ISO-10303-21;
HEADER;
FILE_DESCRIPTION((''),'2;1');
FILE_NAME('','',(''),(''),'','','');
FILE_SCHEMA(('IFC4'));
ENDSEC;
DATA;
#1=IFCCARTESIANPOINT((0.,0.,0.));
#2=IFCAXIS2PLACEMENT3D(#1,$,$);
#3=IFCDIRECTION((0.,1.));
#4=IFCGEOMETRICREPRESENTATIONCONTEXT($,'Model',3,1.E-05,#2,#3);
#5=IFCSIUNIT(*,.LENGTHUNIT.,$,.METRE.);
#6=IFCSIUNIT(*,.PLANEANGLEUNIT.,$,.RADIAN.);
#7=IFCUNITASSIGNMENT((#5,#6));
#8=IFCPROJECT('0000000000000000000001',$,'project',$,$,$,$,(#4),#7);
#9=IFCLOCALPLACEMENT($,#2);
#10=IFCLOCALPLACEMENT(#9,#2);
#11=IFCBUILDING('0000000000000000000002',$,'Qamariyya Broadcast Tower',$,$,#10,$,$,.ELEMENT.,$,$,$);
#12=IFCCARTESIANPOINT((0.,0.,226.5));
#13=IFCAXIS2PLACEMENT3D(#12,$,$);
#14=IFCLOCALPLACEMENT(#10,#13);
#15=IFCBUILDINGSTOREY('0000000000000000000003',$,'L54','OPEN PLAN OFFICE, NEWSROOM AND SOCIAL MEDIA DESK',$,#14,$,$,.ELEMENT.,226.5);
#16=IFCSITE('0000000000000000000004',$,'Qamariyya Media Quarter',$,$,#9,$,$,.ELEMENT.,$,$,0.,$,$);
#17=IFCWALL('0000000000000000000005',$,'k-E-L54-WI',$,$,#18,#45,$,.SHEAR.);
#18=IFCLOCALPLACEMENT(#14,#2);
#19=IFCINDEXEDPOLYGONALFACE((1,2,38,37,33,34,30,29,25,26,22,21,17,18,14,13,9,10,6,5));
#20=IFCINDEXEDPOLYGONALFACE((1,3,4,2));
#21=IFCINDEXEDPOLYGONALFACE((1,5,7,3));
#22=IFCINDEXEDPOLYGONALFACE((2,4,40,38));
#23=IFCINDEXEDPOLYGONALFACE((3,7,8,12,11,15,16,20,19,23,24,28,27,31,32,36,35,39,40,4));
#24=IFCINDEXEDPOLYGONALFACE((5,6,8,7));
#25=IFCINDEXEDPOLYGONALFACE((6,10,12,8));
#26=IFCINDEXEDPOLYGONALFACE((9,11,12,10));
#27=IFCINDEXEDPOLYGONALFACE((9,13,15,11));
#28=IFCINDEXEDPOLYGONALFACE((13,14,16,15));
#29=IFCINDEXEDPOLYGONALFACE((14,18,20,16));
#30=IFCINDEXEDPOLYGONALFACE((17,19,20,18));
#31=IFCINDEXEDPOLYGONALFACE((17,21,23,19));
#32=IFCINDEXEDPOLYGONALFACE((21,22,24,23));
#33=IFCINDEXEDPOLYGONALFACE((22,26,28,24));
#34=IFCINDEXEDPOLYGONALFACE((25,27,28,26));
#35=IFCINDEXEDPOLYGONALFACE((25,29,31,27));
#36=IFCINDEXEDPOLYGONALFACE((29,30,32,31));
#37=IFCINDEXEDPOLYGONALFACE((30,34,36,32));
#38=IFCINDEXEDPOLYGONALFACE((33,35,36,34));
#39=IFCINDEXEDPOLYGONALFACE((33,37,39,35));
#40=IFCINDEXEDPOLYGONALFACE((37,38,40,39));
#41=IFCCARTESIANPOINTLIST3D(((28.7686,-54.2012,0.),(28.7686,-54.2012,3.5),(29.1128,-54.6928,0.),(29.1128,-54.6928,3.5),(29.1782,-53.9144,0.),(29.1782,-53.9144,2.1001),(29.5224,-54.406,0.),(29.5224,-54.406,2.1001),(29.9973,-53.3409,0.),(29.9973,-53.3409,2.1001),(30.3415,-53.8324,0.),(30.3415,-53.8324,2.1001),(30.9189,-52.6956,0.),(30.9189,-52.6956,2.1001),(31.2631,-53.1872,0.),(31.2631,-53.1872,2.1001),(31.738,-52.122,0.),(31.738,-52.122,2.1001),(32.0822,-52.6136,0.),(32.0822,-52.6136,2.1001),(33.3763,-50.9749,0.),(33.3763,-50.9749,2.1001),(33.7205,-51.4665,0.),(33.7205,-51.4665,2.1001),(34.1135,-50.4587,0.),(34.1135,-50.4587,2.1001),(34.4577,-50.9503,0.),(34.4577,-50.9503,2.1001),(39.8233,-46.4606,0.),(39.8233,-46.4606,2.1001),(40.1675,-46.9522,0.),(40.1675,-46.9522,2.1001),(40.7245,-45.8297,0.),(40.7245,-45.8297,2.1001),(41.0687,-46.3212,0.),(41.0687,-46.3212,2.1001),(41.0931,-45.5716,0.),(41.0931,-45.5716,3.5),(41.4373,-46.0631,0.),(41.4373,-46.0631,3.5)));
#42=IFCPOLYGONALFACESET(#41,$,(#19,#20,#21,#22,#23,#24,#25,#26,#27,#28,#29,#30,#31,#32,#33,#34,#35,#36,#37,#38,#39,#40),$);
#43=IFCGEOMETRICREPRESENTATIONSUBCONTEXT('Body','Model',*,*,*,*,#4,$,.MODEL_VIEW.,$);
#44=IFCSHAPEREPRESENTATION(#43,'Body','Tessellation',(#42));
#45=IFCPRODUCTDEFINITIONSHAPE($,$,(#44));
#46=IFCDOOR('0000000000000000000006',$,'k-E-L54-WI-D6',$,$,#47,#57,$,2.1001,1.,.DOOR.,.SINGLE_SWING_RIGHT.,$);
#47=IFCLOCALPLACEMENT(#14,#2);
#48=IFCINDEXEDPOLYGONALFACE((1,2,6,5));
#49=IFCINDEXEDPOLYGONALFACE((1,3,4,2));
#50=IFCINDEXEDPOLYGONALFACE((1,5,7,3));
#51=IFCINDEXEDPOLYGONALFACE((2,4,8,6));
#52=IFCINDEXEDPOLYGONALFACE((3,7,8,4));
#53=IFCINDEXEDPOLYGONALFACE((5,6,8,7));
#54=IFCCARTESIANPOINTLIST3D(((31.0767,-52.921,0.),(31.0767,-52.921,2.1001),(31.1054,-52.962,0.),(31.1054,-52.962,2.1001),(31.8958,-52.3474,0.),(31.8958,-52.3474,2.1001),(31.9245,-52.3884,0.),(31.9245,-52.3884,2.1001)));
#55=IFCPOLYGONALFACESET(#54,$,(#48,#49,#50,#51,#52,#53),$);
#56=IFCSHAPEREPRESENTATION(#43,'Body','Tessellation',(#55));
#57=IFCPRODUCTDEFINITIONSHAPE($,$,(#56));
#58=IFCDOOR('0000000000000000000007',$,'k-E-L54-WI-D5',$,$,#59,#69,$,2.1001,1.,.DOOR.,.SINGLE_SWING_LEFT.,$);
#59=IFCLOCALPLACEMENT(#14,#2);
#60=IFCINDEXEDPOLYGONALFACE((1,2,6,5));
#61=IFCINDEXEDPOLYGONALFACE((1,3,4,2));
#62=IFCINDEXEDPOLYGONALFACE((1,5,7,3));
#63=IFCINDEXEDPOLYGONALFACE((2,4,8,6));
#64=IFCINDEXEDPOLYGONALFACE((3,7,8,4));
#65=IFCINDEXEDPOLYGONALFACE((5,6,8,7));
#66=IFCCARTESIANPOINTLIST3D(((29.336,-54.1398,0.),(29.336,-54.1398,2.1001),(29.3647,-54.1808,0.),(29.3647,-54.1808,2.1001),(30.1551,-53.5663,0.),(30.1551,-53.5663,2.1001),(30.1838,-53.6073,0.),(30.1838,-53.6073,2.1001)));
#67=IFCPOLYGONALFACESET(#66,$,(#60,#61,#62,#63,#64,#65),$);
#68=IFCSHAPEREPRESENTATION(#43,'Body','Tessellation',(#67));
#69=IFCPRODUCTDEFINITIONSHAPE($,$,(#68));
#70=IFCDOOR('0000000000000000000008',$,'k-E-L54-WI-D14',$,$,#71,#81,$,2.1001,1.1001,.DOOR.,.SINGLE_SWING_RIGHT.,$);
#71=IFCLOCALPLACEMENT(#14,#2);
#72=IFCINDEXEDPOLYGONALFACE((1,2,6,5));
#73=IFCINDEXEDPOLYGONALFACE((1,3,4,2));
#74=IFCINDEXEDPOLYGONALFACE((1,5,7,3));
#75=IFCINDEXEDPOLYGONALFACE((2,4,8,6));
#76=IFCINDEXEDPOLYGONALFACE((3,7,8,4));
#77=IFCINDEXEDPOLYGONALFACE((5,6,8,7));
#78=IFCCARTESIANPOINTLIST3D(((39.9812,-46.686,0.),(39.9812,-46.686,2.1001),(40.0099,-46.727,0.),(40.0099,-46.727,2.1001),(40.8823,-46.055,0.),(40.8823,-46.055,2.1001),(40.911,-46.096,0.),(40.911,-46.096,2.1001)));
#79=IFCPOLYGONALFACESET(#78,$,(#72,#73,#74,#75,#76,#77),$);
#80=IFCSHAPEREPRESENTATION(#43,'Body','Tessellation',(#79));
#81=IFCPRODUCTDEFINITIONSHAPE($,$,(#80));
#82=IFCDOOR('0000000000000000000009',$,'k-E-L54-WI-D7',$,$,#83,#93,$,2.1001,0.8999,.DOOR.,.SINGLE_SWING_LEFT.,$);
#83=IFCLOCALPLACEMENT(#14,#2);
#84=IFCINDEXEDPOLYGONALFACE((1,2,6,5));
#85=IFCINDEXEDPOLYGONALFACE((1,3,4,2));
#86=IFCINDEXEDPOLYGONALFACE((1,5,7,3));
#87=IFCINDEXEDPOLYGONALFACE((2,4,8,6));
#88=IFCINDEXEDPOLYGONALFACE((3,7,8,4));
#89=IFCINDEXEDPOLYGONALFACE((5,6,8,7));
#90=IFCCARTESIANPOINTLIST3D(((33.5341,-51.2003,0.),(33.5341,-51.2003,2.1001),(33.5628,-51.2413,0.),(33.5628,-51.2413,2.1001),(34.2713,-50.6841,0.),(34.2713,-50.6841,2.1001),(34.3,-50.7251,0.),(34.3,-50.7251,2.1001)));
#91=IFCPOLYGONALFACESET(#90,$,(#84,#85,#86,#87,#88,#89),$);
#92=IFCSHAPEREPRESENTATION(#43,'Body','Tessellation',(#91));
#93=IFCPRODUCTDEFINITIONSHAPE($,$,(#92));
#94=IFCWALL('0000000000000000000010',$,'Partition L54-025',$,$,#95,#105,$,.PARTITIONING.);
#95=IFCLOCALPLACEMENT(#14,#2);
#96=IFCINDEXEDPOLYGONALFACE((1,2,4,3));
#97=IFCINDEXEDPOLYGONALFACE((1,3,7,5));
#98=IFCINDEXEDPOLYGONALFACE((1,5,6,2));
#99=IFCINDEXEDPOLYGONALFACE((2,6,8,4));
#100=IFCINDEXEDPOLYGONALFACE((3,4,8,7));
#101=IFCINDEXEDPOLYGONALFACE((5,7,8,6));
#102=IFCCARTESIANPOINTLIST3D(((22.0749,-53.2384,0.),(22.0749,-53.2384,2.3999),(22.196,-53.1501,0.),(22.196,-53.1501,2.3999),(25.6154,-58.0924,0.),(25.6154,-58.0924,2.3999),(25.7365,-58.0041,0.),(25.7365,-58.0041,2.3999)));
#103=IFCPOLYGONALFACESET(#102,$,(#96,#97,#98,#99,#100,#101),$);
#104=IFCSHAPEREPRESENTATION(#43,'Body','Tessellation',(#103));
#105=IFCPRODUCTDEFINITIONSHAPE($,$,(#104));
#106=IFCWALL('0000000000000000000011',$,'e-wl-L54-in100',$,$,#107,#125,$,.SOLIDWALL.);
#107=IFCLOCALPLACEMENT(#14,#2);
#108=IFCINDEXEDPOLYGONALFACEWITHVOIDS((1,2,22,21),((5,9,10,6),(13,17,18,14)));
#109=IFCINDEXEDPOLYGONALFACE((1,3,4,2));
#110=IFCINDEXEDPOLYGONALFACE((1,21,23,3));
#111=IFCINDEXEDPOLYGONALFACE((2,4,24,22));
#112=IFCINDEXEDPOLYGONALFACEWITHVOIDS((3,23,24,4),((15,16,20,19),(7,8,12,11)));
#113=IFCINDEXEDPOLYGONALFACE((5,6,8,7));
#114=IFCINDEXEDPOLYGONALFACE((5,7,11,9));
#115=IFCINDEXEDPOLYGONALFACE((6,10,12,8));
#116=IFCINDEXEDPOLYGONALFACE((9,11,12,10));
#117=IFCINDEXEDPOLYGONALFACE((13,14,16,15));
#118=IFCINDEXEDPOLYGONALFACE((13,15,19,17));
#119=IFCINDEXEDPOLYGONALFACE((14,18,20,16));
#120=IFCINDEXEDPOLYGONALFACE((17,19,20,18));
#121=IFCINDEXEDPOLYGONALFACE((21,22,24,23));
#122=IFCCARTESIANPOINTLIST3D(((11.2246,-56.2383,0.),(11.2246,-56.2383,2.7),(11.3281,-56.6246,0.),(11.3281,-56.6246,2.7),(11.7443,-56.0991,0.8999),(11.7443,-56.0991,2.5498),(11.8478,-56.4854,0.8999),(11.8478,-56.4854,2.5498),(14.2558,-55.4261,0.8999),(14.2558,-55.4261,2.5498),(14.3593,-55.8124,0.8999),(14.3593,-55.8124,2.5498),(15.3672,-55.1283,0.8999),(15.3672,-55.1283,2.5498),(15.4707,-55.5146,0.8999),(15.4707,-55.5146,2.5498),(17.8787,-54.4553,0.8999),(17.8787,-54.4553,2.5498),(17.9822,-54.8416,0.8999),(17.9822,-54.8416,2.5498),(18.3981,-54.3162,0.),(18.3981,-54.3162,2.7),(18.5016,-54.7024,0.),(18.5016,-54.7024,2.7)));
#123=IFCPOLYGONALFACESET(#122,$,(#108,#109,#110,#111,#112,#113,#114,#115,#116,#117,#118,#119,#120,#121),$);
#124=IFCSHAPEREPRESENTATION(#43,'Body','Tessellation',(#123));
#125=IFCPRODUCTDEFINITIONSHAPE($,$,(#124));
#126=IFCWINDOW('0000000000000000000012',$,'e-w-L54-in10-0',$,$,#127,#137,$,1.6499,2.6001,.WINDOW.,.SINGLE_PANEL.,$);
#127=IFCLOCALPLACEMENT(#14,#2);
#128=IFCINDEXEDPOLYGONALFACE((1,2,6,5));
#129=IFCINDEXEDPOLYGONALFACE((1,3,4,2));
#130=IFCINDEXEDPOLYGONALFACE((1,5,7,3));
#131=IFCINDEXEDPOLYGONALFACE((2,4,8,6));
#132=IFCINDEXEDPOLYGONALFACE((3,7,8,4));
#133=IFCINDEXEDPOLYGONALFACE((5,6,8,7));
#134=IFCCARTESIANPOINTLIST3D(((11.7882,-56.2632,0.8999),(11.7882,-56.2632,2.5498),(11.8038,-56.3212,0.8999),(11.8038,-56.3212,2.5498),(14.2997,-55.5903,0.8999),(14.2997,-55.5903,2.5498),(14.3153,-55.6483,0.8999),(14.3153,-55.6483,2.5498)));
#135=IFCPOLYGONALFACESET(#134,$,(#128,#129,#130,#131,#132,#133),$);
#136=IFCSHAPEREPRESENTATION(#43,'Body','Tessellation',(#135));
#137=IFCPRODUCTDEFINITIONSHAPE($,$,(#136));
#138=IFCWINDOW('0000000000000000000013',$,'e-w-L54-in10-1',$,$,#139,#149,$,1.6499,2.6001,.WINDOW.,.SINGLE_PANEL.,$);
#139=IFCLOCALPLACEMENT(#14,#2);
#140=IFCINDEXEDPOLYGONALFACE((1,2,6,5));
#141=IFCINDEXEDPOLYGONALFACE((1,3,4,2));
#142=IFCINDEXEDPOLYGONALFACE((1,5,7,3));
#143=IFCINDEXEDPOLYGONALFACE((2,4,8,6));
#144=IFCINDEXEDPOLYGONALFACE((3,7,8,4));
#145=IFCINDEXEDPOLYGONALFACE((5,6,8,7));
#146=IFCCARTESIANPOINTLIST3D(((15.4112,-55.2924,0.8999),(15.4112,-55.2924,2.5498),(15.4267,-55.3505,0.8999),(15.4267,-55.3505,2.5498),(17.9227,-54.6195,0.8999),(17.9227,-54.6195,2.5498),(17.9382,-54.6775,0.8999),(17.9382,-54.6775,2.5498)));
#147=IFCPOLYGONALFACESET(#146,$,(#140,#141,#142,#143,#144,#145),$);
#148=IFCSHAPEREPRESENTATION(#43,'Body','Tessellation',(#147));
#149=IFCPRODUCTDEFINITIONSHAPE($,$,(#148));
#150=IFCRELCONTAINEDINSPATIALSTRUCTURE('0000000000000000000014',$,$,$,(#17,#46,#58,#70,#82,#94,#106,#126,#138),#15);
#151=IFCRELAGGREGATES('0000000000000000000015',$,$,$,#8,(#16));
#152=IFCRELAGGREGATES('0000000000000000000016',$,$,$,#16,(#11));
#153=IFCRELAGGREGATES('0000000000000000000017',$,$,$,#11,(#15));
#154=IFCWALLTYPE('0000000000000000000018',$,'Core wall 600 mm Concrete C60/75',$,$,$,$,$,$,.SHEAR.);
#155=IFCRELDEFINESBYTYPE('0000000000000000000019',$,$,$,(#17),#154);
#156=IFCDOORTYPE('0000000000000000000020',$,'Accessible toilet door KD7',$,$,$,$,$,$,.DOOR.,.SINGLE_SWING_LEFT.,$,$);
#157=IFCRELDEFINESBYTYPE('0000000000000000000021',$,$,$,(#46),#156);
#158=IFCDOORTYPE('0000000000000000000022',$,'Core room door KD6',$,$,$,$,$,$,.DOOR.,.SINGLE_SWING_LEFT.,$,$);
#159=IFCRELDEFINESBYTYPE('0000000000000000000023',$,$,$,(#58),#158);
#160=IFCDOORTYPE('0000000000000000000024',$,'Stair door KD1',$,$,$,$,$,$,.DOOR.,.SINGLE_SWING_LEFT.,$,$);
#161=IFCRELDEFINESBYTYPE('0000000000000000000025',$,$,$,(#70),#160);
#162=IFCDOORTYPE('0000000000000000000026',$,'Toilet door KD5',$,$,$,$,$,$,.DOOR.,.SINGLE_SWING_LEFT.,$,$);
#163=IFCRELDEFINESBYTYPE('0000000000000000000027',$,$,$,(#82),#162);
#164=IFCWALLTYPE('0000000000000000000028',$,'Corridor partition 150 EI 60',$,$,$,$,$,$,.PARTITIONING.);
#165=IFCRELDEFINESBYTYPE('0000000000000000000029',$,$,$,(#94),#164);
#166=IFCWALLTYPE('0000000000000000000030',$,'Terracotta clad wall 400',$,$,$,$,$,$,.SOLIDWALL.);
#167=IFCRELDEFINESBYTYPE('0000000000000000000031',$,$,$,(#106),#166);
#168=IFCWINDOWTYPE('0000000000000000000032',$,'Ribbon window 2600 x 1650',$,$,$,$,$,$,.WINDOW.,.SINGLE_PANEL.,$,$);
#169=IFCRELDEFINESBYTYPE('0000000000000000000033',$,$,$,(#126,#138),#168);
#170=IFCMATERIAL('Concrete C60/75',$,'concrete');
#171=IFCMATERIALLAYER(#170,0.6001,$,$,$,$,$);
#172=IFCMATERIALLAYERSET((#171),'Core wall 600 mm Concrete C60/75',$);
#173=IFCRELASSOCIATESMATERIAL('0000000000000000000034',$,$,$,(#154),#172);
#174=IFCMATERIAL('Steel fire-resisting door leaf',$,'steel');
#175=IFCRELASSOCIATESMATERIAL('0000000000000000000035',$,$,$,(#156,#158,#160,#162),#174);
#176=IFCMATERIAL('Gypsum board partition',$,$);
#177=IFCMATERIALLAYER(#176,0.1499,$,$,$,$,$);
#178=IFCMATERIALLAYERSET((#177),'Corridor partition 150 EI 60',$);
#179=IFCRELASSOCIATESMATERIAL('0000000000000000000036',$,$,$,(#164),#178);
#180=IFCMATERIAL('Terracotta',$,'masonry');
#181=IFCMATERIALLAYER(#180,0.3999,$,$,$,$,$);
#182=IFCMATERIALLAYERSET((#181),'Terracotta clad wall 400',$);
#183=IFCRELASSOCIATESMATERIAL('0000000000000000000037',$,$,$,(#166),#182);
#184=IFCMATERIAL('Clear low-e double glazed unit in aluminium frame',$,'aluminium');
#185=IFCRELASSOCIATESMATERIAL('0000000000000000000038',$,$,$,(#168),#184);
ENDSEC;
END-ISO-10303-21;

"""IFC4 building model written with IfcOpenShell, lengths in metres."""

from ifc_helpers import new_model, si_unit, direction, frame, frame_2d, origin, place, context, subcontext, project, spatial, rectangle, extrude, material, layer, layer_set, type_object, element, fill, save


model = new_model("IFC4")

# Units and contexts
model_context = context("Model", 3, precision=1e-05, world=origin(), true_north=direction((0.0, 1.0)))
body_context = subcontext(model_context, "Body", "Model", "MODEL_VIEW")
ifc_project = project(units=[si_unit("LENGTHUNIT", "METRE"), si_unit("PLANEANGLEUNIT", "RADIAN")], contexts=[model_context])

# Site, building, storey
site_placement = place(None, origin())
site = spatial("IfcSite", under=ifc_project, at=site_placement, Name="Qamariyya Media Quarter", CompositionType="ELEMENT", RefElevation=0.0)
building_placement = place(site_placement, origin())
building = spatial("IfcBuilding", under=site, at=building_placement, Name="Qamariyya Broadcast Tower", CompositionType="ELEMENT")
storey_placement = place(building_placement, frame((0.0, 0.0, 226.5)))
storey = spatial("IfcBuildingStorey", under=building, at=storey_placement, Name="L54", Description="OPEN PLAN OFFICE, NEWSROOM AND SOCIAL MEDIA DESK", CompositionType="ELEMENT", Elevation=226.5)

# Shared definitions
ifc_material_1 = material(Name="Concrete C60/75", Category="concrete")

# Wall, openings, doors
ifc_layer_1 = layer(ifc_material_1, 0.6001)
ifc_layer_set_1 = layer_set([ifc_layer_1], Name="Core wall 600 mm Concrete C60/75")
wall_type_1 = type_object("IfcWallType", Name="Core wall 600 mm Concrete C60/75", PredefinedType="SHEAR", material=ifc_layer_set_1)
wall_1_placement = place(storey_placement, frame((28.9407, -54.447, 0.0), z_axis=(0.0, 0.0, 1.0), x_axis=(0.819153, 0.573575, 0.0)))
wall_1 = element("IfcWall", 1, at=wall_1_placement, inside=storey, type_object=wall_type_1, Name="k-E-L54-WI", PredefinedType="SHEAR", context=body_context, shape_type="SweptSolid", body=[
    extrude(rectangle(XDim=15.0454, YDim=0.6001, at=frame_2d((7.5227, 0.0))), origin(), (0.0, 0.0, 1.0), 3.5),
])
opening_1_placement = place(wall_1_placement, frame((0.5, 0.0, 0.0)))
opening_1 = element("IfcOpeningElement", 2, at=opening_1_placement, cuts=wall_1, PredefinedType="OPENING", context=body_context, shape_type="SweptSolid", body=[
    extrude(rectangle(XDim=1.0, YDim=2.1001, at=frame_2d((0.5, 1.05))), frame((0.0, 0.3101, 0.0), z_axis=(0.0, -1.0, 0.0), x_axis=(1.0, 0.0, 0.0)), (0.0, 0.0, 1.0), 0.6201),
])
opening_2_placement = place(wall_1_placement, frame((2.625, 0.0, 0.0)))
opening_2 = element("IfcOpeningElement", 3, at=opening_2_placement, cuts=wall_1, PredefinedType="OPENING", context=body_context, shape_type="SweptSolid", body=[
    extrude(rectangle(XDim=1.0, YDim=2.1001, at=frame_2d((0.5, 1.05))), frame((0.0, 0.3101, 0.0), z_axis=(0.0, -1.0, 0.0), x_axis=(1.0, 0.0, 0.0)), (0.0, 0.0, 1.0), 0.6201),
])
opening_3_placement = place(wall_1_placement, frame((5.625, 0.0, 0.0)))
opening_3 = element("IfcOpeningElement", 4, at=opening_3_placement, cuts=wall_1, PredefinedType="OPENING", context=body_context, shape_type="SweptSolid", body=[
    extrude(rectangle(XDim=0.8999, YDim=2.1001, at=frame_2d((0.45, 1.05))), frame((0.0, 0.3101, 0.0), z_axis=(0.0, -1.0, 0.0), x_axis=(1.0, 0.0, 0.0)), (0.0, 0.0, 1.0), 0.6201),
])
opening_4_placement = place(wall_1_placement, frame((13.4954, 0.0, 0.0)))
opening_4 = element("IfcOpeningElement", 5, at=opening_4_placement, cuts=wall_1, PredefinedType="OPENING", context=body_context, shape_type="SweptSolid", body=[
    extrude(rectangle(XDim=1.1001, YDim=2.1001, at=frame_2d((0.55, 1.05))), frame((0.0, 0.3101, 0.0), z_axis=(0.0, -1.0, 0.0), x_axis=(1.0, 0.0, 0.0)), (0.0, 0.0, 1.0), 0.6201),
])
ifc_material_2 = material(Name="Steel fire-resisting door leaf", Category="steel")
door_type_1 = type_object("IfcDoorType", Name="Accessible toilet door KD7", OperationType="SINGLE_SWING_LEFT", PredefinedType="DOOR", material=ifc_material_2)
door_1_placement = place(opening_2_placement, origin())
door_1 = element("IfcDoor", 6, at=door_1_placement, inside=storey, type_object=door_type_1, Name="k-E-L54-WI-D6", OperationType="SINGLE_SWING_RIGHT", OverallHeight=2.1001, OverallWidth=1.0, PredefinedType="DOOR", context=body_context, shape_type="SweptSolid", body=[
    extrude(rectangle(XDim=1.0, YDim=2.1001, at=frame_2d((0.5, 1.05))), frame((0.0, 0.0249, 0.0), z_axis=(0.0, -1.0, 0.0), x_axis=(1.0, 0.0, 0.0)), (0.0, 0.0, 1.0), 0.05),
])
fill(opening_2, door_1)
door_type_2 = type_object("IfcDoorType", Name="Core room door KD6", OperationType="SINGLE_SWING_LEFT", PredefinedType="DOOR", material=ifc_material_2)
door_2_placement = place(opening_1_placement, origin())
door_2 = element("IfcDoor", 7, at=door_2_placement, inside=storey, type_object=door_type_2, Name="k-E-L54-WI-D5", OperationType="SINGLE_SWING_LEFT", OverallHeight=2.1001, OverallWidth=1.0, PredefinedType="DOOR", context=body_context, shape_type="SweptSolid", body=[
    extrude(rectangle(XDim=1.0, YDim=2.1001, at=frame_2d((0.5, 1.05))), frame((0.0, 0.0249, 0.0), z_axis=(0.0, -1.0, 0.0), x_axis=(1.0, 0.0, 0.0)), (0.0, 0.0, 1.0), 0.05),
])
fill(opening_1, door_2)
door_type_3 = type_object("IfcDoorType", Name="Stair door KD1", OperationType="SINGLE_SWING_LEFT", PredefinedType="DOOR", material=ifc_material_2)
door_3_placement = place(opening_4_placement, origin())
door_3 = element("IfcDoor", 8, at=door_3_placement, inside=storey, type_object=door_type_3, Name="k-E-L54-WI-D14", OperationType="SINGLE_SWING_RIGHT", OverallHeight=2.1001, OverallWidth=1.1001, PredefinedType="DOOR", context=body_context, shape_type="SweptSolid", body=[
    extrude(rectangle(XDim=1.1001, YDim=2.1001, at=frame_2d((0.55, 1.05))), frame((0.0, 0.0249, 0.0), z_axis=(0.0, -1.0, 0.0), x_axis=(1.0, 0.0, 0.0)), (0.0, 0.0, 1.0), 0.05),
])
fill(opening_4, door_3)
door_type_4 = type_object("IfcDoorType", Name="Toilet door KD5", OperationType="SINGLE_SWING_LEFT", PredefinedType="DOOR", material=ifc_material_2)
door_4_placement = place(opening_3_placement, origin())
door_4 = element("IfcDoor", 9, at=door_4_placement, inside=storey, type_object=door_type_4, Name="k-E-L54-WI-D7", OperationType="SINGLE_SWING_LEFT", OverallHeight=2.1001, OverallWidth=0.8999, PredefinedType="DOOR", context=body_context, shape_type="SweptSolid", body=[
    extrude(rectangle(XDim=0.8999, YDim=2.1001, at=frame_2d((0.45, 1.05))), frame((0.0, 0.0249, 0.0), z_axis=(0.0, -1.0, 0.0), x_axis=(1.0, 0.0, 0.0)), (0.0, 0.0, 1.0), 0.05),
])
fill(opening_3, door_4)

# Wall
ifc_material_3 = material(Name="Gypsum board partition")
ifc_layer_2 = layer(ifc_material_3, 0.1499)
ifc_layer_set_2 = layer_set([ifc_layer_2], Name="Corridor partition 150 EI 60")
wall_type_2 = type_object("IfcWallType", Name="Corridor partition 150 EI 60", PredefinedType="PARTITIONING", material=ifc_layer_set_2)
wall_2_placement = place(storey_placement, frame((22.1355, -53.1943, 0.0), z_axis=(0.0, 0.0, 1.0), x_axis=(0.589297, -0.807916, 0.0)))
element("IfcWall", 10, at=wall_2_placement, inside=storey, type_object=wall_type_2, Name="Partition L54-025", PredefinedType="PARTITIONING", context=body_context, shape_type="SweptSolid", body=[
    extrude(rectangle(XDim=6.0081, YDim=0.1499, at=frame_2d((3.0039, 0.0))), origin(), (0.0, 0.0, 1.0), 2.3999),
])

# Wall, openings, windows
ifc_material_4 = material(Name="Terracotta", Category="masonry")
ifc_layer_3 = layer(ifc_material_4, 0.3999)
ifc_layer_set_3 = layer_set([ifc_layer_3], Name="Terracotta clad wall 400")
wall_type_3 = type_object("IfcWallType", Name="Terracotta clad wall 400", PredefinedType="SOLIDWALL", material=ifc_layer_set_3)
wall_3_placement = place(storey_placement, frame((18.45, -54.5093, 0.0), z_axis=(0.0, 0.0, 1.0), x_axis=(-0.965925, -0.258823, 0.0)))
wall_3 = element("IfcWall", 11, at=wall_3_placement, inside=storey, type_object=wall_type_3, Name="e-wl-L54-in100", PredefinedType="SOLIDWALL", context=body_context, shape_type="SweptSolid", body=[
    extrude(rectangle(XDim=7.4265, YDim=0.3999, at=frame_2d((3.7134, 0.0))), origin(), (0.0, 0.0, 1.0), 2.7),
])
opening_5_placement = place(wall_3_placement, frame((4.2886, 0.0, 0.8999)))
opening_5 = element("IfcOpeningElement", 12, at=opening_5_placement, cuts=wall_3, PredefinedType="OPENING", context=body_context, shape_type="SweptSolid", body=[
    extrude(rectangle(XDim=2.6001, YDim=1.6499, at=frame_2d((1.3, 0.825))), frame((0.0, 0.21, 0.0), z_axis=(0.0, -1.0, 0.0), x_axis=(1.0, 0.0, 0.0)), (0.0, 0.0, 1.0), 0.4199),
])
opening_6_placement = place(wall_3_placement, frame((0.5378, 0.0, 0.8999)))
opening_6 = element("IfcOpeningElement", 13, at=opening_6_placement, cuts=wall_3, PredefinedType="OPENING", context=body_context, shape_type="SweptSolid", body=[
    extrude(rectangle(XDim=2.6001, YDim=1.6499, at=frame_2d((1.3, 0.825))), frame((0.0, 0.21, 0.0), z_axis=(0.0, -1.0, 0.0), x_axis=(1.0, 0.0, 0.0)), (0.0, 0.0, 1.0), 0.4199),
])
ifc_material_5 = material(Name="Clear low-e double glazed unit in aluminium frame", Category="aluminium")
window_type = type_object("IfcWindowType", Name="Ribbon window 2600 x 1650", PartitioningType="SINGLE_PANEL", PredefinedType="WINDOW", material=ifc_material_5)
window_1_placement = place(opening_5_placement, origin())
window_1 = element("IfcWindow", 14, at=window_1_placement, inside=storey, type_object=window_type, Name="e-w-L54-in10-0", OverallHeight=1.6499, OverallWidth=2.6001, PartitioningType="SINGLE_PANEL", PredefinedType="WINDOW", context=body_context, shape_type="SweptSolid", body=[
    extrude(rectangle(XDim=2.6001, YDim=1.6499, at=frame_2d((1.3, 0.825))), frame((0.0, 0.03, 0.0), z_axis=(0.0, -1.0, 0.0), x_axis=(1.0, 0.0, 0.0)), (0.0, 0.0, 1.0), 0.0601),
])
fill(opening_5, window_1)
window_2_placement = place(opening_6_placement, origin())
window_2 = element("IfcWindow", 15, at=window_2_placement, inside=storey, type_object=window_type, Name="e-w-L54-in10-1", OverallHeight=1.6499, OverallWidth=2.6001, PartitioningType="SINGLE_PANEL", PredefinedType="WINDOW", context=body_context, shape_type="SweptSolid", body=[
    extrude(rectangle(XDim=2.6001, YDim=1.6499, at=frame_2d((1.3, 0.825))), frame((0.0, 0.03, 0.0), z_axis=(0.0, -1.0, 0.0), x_axis=(1.0, 0.0, 0.0)), (0.0, 0.0, 1.0), 0.0601),
])
fill(opening_6, window_2)

save(model, "model.ifc")
